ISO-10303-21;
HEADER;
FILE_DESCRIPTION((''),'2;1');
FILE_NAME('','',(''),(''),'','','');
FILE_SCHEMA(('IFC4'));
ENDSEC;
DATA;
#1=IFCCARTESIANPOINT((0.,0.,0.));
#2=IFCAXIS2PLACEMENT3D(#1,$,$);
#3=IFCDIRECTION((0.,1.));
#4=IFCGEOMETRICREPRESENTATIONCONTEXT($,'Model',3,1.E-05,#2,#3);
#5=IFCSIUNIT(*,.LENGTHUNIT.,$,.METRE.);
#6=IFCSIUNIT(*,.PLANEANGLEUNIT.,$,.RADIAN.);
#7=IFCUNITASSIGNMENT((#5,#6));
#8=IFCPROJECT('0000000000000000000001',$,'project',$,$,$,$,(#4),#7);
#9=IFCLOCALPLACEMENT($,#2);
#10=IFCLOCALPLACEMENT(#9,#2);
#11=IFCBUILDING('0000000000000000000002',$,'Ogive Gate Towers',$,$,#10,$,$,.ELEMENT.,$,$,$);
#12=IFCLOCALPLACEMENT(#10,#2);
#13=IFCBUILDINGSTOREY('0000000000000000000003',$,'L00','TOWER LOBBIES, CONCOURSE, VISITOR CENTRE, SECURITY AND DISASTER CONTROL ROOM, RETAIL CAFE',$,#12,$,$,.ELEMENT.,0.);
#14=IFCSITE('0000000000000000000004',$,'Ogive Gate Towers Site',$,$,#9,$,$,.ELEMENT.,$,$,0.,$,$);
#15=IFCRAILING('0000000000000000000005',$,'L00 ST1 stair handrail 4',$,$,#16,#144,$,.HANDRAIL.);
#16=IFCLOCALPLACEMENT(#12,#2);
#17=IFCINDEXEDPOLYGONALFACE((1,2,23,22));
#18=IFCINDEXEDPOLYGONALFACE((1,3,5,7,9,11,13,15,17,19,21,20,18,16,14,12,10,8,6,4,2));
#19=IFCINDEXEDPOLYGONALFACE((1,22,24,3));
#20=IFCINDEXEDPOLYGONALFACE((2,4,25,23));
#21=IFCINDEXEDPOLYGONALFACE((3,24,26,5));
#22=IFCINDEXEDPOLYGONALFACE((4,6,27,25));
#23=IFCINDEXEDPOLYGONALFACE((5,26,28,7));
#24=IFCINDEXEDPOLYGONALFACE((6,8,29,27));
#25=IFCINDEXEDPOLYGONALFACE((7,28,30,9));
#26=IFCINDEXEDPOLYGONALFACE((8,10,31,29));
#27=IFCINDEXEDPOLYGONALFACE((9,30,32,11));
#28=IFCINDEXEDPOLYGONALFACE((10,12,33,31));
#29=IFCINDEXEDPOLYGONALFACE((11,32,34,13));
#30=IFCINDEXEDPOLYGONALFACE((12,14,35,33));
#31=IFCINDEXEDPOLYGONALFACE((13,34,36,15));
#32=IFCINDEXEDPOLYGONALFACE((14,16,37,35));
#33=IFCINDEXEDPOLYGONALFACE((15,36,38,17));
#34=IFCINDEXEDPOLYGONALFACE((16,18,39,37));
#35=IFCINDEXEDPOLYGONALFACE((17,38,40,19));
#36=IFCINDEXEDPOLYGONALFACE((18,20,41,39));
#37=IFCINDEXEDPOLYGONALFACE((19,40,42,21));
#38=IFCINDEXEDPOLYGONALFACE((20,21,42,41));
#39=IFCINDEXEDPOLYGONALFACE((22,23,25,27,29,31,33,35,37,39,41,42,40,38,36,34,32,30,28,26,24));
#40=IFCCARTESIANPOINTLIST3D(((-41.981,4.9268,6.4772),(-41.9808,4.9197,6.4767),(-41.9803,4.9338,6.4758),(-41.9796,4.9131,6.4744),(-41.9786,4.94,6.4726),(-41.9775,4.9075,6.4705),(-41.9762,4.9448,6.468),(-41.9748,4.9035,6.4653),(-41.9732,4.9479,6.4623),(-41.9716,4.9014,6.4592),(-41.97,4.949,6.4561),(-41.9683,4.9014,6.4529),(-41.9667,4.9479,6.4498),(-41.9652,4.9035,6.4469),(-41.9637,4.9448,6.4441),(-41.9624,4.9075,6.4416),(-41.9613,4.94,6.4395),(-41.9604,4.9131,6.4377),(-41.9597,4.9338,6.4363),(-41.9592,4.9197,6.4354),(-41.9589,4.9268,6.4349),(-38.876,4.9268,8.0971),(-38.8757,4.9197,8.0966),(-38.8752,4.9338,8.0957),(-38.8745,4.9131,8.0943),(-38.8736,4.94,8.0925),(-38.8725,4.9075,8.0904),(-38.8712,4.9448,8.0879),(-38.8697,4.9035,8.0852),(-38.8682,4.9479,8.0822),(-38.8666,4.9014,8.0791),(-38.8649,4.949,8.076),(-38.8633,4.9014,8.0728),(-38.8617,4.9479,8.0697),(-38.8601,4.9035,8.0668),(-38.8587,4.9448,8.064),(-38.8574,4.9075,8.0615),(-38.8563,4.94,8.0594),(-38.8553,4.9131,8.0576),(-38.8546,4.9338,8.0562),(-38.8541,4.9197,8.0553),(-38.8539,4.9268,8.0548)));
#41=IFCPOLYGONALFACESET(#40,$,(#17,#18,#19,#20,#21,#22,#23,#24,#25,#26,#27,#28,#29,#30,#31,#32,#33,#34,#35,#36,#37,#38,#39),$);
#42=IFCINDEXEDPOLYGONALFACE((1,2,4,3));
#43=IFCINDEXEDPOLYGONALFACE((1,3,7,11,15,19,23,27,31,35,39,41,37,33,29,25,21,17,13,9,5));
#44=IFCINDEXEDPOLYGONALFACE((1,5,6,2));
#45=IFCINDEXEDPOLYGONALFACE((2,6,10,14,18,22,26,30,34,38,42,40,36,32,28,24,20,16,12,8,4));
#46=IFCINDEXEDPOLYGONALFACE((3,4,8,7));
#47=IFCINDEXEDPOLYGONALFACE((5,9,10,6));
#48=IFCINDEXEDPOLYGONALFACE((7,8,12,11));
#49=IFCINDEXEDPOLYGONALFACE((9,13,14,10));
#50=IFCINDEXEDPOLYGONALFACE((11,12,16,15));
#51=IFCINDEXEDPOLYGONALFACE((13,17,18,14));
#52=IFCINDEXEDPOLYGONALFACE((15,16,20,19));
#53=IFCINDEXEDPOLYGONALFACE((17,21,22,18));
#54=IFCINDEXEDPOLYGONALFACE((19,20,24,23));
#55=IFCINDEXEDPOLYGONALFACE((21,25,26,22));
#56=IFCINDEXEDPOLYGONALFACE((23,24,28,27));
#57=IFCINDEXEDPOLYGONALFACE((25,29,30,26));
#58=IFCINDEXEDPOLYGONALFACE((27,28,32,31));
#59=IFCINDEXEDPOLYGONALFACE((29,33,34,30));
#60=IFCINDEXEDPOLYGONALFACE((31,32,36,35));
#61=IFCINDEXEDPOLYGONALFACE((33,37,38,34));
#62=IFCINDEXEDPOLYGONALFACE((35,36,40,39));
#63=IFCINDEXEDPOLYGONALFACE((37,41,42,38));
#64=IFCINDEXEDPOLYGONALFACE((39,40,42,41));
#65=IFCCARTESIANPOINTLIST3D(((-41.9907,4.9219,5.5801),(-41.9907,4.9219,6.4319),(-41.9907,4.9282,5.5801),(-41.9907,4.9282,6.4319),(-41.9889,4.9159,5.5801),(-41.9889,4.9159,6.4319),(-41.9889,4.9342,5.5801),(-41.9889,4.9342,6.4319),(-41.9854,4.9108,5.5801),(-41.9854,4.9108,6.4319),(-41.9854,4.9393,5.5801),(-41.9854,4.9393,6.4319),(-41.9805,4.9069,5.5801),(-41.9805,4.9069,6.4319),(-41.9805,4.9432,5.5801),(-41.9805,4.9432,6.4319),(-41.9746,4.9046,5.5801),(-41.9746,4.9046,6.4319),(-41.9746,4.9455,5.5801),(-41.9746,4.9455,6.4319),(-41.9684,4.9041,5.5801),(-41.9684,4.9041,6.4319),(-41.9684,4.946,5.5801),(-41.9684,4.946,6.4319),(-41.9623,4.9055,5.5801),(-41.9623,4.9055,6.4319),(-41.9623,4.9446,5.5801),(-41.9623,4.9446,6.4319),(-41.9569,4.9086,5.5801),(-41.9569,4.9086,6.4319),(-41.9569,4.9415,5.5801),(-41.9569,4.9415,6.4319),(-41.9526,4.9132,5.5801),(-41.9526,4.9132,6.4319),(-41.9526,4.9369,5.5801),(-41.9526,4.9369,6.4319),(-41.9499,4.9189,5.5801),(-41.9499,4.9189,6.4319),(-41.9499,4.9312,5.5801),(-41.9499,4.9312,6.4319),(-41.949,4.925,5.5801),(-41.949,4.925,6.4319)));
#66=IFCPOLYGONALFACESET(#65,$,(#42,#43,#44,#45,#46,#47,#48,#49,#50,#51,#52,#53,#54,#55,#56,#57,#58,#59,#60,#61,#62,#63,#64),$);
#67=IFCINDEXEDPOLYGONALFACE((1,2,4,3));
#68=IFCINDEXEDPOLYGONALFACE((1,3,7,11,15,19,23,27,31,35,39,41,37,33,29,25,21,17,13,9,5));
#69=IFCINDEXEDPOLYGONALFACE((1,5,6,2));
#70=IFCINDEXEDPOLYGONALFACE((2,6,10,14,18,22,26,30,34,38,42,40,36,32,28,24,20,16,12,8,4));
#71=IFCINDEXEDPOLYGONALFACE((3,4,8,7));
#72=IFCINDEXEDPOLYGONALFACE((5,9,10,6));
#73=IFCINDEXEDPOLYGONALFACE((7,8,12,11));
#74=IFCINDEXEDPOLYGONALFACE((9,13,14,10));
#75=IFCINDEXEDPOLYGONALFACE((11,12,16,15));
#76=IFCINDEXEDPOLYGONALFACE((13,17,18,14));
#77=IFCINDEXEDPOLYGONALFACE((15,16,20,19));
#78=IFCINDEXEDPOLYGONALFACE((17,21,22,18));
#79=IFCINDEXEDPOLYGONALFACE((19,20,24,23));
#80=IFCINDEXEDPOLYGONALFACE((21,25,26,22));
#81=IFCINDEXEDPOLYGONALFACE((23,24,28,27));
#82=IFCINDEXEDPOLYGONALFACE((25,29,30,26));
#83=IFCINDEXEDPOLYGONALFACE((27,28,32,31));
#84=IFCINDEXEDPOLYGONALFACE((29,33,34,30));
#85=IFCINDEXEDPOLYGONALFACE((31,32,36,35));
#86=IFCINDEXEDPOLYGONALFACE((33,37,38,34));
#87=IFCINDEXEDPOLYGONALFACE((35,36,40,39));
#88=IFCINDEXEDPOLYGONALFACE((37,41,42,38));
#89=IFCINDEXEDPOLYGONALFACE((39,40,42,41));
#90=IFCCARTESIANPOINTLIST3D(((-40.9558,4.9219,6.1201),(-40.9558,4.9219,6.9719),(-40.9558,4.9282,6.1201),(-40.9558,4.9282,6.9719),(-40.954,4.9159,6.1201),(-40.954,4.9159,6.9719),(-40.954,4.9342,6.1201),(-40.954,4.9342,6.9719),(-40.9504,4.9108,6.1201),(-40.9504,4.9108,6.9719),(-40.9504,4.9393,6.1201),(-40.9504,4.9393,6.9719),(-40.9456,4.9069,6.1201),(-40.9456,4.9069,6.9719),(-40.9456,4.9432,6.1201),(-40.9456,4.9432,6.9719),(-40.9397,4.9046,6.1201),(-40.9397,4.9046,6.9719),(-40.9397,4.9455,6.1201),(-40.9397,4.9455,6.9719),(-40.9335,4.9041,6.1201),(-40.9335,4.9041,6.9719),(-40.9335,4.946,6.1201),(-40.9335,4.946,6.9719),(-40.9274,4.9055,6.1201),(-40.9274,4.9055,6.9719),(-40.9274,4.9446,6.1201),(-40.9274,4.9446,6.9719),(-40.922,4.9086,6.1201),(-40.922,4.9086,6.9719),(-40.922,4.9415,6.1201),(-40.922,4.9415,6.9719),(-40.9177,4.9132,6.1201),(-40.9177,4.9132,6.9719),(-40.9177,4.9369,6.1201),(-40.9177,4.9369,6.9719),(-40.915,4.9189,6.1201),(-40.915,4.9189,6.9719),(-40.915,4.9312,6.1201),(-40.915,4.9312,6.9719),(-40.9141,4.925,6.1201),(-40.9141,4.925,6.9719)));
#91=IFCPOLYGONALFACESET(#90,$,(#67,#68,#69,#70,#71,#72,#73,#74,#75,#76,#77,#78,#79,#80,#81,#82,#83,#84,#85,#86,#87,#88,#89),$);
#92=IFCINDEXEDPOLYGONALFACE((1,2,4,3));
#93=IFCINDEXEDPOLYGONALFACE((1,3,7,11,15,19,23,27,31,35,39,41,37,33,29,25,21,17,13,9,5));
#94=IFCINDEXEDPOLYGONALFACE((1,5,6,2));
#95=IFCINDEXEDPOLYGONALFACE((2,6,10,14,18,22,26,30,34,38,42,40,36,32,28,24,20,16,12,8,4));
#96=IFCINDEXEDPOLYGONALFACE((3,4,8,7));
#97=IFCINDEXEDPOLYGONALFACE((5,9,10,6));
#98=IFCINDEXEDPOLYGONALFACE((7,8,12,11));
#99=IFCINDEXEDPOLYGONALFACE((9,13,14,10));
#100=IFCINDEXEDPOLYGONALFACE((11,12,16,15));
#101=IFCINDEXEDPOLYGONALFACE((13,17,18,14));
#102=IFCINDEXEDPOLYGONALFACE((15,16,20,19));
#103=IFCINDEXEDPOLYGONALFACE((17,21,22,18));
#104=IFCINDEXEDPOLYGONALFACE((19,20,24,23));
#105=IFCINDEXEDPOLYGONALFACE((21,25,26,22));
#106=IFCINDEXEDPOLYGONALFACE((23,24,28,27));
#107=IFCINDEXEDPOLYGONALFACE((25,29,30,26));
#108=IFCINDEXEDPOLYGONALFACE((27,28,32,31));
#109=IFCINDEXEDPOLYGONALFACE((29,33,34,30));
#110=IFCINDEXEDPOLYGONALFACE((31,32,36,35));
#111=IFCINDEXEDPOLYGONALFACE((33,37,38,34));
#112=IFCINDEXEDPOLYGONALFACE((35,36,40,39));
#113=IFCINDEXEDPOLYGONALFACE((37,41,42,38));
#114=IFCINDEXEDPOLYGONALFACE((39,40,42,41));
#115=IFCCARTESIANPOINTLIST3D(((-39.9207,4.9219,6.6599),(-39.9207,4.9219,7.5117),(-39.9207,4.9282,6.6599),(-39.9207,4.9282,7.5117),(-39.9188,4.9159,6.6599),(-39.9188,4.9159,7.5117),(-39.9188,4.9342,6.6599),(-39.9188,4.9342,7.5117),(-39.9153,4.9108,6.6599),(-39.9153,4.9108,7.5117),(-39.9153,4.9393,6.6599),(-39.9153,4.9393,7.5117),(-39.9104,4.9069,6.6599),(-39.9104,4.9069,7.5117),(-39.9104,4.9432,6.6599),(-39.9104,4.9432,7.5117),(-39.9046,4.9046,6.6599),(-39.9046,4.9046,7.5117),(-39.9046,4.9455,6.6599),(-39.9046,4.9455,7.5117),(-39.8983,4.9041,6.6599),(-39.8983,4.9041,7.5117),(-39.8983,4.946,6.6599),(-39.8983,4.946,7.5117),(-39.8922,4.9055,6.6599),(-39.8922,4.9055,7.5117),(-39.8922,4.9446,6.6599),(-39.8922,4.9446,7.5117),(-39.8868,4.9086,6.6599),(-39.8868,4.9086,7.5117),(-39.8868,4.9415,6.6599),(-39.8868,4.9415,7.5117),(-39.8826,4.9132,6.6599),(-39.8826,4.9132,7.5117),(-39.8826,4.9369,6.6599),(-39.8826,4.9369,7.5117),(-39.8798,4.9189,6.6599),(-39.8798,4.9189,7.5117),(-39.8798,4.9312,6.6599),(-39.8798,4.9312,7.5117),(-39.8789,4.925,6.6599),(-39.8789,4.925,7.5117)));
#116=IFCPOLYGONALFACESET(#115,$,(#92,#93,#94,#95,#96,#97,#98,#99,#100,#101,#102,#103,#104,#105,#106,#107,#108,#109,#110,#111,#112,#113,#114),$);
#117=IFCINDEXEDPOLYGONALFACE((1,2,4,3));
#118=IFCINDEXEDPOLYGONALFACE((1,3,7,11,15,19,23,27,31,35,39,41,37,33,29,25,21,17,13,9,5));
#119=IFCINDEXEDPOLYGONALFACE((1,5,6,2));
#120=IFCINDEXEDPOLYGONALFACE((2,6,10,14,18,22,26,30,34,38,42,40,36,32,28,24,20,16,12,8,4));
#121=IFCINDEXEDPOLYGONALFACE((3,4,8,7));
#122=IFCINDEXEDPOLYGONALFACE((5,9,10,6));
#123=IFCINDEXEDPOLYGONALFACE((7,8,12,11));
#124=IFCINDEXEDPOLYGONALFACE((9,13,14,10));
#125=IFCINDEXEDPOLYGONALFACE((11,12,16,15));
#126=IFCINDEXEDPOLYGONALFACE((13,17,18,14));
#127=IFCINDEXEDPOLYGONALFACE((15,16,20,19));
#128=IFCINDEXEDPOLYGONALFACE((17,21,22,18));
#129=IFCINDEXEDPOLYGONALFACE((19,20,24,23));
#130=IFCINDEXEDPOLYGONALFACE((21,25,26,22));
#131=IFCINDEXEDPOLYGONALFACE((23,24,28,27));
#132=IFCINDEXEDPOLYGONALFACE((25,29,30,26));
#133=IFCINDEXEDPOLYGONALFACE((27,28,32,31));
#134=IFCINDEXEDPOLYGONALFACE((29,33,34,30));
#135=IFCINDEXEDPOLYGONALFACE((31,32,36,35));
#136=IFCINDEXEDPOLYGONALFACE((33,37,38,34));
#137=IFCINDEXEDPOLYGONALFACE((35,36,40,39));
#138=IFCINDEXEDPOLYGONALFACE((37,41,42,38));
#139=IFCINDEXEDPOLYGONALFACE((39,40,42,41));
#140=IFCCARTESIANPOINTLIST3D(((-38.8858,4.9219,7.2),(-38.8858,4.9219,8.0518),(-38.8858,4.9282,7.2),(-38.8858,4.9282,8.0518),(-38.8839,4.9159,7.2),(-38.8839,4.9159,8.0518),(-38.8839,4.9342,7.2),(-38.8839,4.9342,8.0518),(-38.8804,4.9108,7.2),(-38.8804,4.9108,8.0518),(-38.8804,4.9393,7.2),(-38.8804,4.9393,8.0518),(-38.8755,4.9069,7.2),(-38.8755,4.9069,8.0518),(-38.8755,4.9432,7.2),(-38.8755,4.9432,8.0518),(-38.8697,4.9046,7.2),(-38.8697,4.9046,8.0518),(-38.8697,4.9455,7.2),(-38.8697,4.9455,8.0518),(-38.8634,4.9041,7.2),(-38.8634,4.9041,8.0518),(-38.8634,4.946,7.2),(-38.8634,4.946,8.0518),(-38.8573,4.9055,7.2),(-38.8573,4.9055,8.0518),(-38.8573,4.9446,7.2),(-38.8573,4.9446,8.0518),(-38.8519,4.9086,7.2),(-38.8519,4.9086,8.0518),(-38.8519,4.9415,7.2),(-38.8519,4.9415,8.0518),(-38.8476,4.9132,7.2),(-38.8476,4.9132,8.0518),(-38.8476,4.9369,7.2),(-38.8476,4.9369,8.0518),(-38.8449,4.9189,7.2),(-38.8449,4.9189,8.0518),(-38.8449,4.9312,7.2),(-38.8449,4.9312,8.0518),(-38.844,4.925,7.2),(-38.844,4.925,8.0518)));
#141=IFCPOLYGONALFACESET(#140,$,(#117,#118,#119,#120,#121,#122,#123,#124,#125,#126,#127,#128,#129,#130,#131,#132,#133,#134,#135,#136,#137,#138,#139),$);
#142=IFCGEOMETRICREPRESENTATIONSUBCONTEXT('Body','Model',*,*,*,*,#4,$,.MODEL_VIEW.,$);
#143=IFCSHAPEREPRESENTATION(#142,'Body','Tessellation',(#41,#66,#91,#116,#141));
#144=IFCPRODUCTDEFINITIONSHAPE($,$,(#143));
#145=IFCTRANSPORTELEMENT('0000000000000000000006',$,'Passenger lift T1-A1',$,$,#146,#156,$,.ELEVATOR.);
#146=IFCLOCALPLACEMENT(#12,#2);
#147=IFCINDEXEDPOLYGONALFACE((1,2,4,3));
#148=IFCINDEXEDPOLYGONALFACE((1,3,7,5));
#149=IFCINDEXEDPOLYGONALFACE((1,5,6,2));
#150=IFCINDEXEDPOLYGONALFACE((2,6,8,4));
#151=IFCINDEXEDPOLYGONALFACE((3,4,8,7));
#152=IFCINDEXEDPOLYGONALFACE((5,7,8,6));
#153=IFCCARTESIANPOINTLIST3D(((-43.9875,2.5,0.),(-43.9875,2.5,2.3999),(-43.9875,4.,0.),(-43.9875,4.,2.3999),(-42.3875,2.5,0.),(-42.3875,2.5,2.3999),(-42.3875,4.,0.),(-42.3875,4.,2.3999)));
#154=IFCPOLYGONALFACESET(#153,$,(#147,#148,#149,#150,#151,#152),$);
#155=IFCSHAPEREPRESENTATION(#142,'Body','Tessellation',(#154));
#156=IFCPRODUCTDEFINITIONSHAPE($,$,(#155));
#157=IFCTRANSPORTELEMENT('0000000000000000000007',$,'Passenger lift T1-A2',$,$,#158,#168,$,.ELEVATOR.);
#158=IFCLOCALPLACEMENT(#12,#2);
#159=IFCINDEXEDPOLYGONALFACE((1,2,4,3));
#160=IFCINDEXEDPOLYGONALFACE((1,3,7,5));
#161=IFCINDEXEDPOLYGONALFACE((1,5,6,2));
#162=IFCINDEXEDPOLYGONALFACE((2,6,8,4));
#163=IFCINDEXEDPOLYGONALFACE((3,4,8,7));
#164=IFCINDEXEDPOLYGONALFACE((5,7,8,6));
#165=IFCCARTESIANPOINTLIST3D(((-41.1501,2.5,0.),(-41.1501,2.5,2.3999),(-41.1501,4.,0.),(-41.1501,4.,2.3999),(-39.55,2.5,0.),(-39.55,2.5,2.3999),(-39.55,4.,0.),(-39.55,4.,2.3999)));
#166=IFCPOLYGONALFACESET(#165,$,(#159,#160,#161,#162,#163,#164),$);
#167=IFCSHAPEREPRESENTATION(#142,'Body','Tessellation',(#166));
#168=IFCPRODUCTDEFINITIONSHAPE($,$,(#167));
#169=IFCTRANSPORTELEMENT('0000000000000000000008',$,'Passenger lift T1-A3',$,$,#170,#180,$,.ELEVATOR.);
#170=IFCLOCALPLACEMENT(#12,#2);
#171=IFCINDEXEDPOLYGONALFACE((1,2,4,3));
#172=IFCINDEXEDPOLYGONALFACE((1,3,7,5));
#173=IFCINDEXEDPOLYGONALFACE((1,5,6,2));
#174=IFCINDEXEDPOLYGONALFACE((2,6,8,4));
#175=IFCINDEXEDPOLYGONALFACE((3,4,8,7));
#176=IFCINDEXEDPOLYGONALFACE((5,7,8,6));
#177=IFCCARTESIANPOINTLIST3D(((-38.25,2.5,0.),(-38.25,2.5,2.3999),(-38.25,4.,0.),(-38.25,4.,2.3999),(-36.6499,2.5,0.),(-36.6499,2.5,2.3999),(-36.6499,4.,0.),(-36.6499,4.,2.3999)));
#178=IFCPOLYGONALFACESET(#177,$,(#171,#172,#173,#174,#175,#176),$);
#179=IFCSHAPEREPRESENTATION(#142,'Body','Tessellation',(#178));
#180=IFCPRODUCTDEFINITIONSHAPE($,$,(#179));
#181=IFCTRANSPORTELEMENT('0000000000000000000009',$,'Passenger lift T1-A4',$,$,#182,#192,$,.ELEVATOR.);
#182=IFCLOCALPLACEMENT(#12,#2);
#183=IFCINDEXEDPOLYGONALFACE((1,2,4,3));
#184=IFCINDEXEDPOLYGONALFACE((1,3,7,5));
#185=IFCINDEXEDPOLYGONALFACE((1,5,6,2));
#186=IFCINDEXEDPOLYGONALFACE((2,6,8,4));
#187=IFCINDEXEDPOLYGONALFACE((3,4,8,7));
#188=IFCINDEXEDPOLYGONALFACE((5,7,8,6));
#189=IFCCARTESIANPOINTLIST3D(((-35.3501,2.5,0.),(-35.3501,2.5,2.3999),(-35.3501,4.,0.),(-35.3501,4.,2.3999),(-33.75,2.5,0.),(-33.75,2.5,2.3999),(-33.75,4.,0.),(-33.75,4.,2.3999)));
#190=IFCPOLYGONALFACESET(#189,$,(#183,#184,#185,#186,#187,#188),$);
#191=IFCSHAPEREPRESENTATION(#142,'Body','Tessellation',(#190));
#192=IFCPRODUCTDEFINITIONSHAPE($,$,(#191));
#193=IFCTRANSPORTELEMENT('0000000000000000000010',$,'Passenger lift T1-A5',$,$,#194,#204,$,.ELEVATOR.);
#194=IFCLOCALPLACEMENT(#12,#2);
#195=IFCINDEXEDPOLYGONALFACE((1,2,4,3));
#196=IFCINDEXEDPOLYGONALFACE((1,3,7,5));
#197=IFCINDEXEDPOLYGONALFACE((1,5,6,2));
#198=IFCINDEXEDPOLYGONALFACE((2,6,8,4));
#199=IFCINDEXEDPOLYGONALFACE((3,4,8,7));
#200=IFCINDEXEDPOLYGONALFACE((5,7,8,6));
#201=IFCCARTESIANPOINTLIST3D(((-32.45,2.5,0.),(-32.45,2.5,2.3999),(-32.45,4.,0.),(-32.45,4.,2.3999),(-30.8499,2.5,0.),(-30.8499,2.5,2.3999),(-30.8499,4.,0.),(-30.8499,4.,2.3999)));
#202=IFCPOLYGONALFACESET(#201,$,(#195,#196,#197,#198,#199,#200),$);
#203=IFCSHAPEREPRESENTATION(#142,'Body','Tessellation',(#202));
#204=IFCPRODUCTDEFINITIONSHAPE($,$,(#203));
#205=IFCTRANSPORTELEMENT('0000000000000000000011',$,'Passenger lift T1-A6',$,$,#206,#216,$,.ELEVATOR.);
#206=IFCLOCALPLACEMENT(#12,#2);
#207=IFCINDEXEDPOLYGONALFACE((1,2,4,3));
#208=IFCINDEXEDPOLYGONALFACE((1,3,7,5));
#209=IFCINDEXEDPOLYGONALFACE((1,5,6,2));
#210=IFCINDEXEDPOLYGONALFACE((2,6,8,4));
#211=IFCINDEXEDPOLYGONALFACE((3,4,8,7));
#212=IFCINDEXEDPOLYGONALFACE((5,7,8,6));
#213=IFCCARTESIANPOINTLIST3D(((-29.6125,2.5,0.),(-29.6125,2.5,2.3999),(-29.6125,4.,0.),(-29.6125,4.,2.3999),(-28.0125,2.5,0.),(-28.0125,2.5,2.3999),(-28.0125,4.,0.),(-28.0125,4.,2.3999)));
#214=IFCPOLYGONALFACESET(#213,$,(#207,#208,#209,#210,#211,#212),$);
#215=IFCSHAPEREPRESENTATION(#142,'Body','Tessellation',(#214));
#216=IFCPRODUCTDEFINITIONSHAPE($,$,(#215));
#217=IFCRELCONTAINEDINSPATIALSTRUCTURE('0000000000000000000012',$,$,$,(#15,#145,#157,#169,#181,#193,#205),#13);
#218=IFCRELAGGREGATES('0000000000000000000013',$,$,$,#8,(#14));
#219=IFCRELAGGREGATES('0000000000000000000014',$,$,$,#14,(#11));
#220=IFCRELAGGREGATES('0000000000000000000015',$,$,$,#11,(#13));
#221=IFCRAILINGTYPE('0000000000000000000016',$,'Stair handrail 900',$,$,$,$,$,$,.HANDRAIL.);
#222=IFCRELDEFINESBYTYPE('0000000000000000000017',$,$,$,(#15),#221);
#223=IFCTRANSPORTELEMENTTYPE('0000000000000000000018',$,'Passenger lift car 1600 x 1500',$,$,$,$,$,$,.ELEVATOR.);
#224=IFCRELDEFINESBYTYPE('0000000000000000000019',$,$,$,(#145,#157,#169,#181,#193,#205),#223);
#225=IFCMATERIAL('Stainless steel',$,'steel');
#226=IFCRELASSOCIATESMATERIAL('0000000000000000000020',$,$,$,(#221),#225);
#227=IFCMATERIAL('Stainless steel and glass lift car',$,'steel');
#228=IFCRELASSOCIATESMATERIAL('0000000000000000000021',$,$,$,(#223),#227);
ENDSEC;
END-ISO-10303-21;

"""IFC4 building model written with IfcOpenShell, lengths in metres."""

from ifc_helpers import new_model, si_unit, direction, frame, origin, origin_2d, place, context, subcontext, project, spatial, rectangle, circle, extrude, material, type_object, element, save


model = new_model("IFC4")

# Units and contexts
model_context = context("Model", 3, precision=1e-05, world=origin(), true_north=direction((0.0, 1.0)))
body_context = subcontext(model_context, "Body", "Model", "MODEL_VIEW")
ifc_project = project(units=[si_unit("LENGTHUNIT", "METRE"), si_unit("PLANEANGLEUNIT", "RADIAN")], contexts=[model_context])

# Site, building, storey
site_placement = place(None, origin())
site = spatial("IfcSite", under=ifc_project, at=site_placement, Name="Ogive Gate Towers Site", CompositionType="ELEMENT", RefElevation=0.0)
building_placement = place(site_placement, origin())
building = spatial("IfcBuilding", under=site, at=building_placement, Name="Ogive Gate Towers", CompositionType="ELEMENT")
storey_placement = place(building_placement, origin())
storey = spatial("IfcBuildingStorey", under=building, at=storey_placement, Name="L00", Description="TOWER LOBBIES, CONCOURSE, VISITOR CENTRE, SECURITY AND DISASTER CONTROL ROOM, RETAIL CAFE", CompositionType="ELEMENT", Elevation=0.0)

# Railing
ifc_material_1 = material(Name="Stainless steel", Category="steel")
railing_type = type_object("IfcRailingType", Name="Stair handrail 900", PredefinedType="HANDRAIL", material=ifc_material_1)
railing_1_placement = place(storey_placement, frame((-41.97, 4.925, 5.5801)))
element("IfcRailing", 1, at=railing_1_placement, inside=storey, type_object=railing_type, Name="L00 ST1 stair handrail 4", PredefinedType="HANDRAIL", context=body_context, shape_type="SweptSolid", body=[
    extrude(circle(Radius=0.0239, at=origin_2d()), frame((0.0, 0.0, 0.876), z_axis=(0.886599, 0.0, 0.46254), x_axis=(0.0, 1.0, 0.0)), (0.0, 0.0, 1.0), 3.5022),
    extrude(circle(Radius=0.021, at=origin_2d()), origin(), (0.0, 0.0, 1.0), 0.8518),
    extrude(circle(Radius=0.021, at=origin_2d()), frame((1.0349, 0.0, 0.54)), (0.0, 0.0, 1.0), 0.8518),
    extrude(circle(Radius=0.021, at=origin_2d()), frame((2.0701, 0.0, 1.0798)), (0.0, 0.0, 1.0), 0.8518),
    extrude(circle(Radius=0.021, at=origin_2d()), frame((3.105, 0.0, 1.6199)), (0.0, 0.0, 1.0), 0.8518),
])

# Transport elements
ifc_material_2 = material(Name="Stainless steel and glass lift car", Category="steel")
transport_element_type = type_object("IfcTransportElementType", Name="Passenger lift car 1600 x 1500", PredefinedType="ELEVATOR", material=ifc_material_2)
for number, where, z_axis, x_axis, name in (
    (2, (-43.1875, 3.25, 0.0), (0.0, 0.0, 1.0), (1.0, 0.0, 0.0), "Passenger lift T1-A1"),
    (3, (-40.3501, 3.25, 0.0), (0.0, 0.0, 1.0), (1.0, 0.0, 0.0), "Passenger lift T1-A2"),
    (4, (-37.45, 3.25, 0.0), (0.0, 0.0, 1.0), (1.0, 0.0, 0.0), "Passenger lift T1-A3"),
    (5, (-34.55, 3.25, 0.0), (0.0, 0.0, 1.0), (1.0, 0.0, 0.0), "Passenger lift T1-A4"),
    (6, (-31.6499, 3.25, 0.0), (0.0, 0.0, 1.0), (1.0, 0.0, 0.0), "Passenger lift T1-A5"),
    (7, (-28.8125, 3.25, 0.0), (0.0, 0.0, 1.0), (1.0, 0.0, 0.0), "Passenger lift T1-A6"),
):
    element("IfcTransportElement", number, at=place(storey_placement, frame(where, z_axis=z_axis, x_axis=x_axis)), inside=storey, type_object=transport_element_type, Name=name, PredefinedType="ELEVATOR", context=body_context, shape_type="SweptSolid", body=[
        extrude(rectangle(XDim=1.6001, YDim=1.5, at=origin_2d()), origin(), (0.0, 0.0, 1.0), 2.3999),
    ])

save(model, "model.ifc")
